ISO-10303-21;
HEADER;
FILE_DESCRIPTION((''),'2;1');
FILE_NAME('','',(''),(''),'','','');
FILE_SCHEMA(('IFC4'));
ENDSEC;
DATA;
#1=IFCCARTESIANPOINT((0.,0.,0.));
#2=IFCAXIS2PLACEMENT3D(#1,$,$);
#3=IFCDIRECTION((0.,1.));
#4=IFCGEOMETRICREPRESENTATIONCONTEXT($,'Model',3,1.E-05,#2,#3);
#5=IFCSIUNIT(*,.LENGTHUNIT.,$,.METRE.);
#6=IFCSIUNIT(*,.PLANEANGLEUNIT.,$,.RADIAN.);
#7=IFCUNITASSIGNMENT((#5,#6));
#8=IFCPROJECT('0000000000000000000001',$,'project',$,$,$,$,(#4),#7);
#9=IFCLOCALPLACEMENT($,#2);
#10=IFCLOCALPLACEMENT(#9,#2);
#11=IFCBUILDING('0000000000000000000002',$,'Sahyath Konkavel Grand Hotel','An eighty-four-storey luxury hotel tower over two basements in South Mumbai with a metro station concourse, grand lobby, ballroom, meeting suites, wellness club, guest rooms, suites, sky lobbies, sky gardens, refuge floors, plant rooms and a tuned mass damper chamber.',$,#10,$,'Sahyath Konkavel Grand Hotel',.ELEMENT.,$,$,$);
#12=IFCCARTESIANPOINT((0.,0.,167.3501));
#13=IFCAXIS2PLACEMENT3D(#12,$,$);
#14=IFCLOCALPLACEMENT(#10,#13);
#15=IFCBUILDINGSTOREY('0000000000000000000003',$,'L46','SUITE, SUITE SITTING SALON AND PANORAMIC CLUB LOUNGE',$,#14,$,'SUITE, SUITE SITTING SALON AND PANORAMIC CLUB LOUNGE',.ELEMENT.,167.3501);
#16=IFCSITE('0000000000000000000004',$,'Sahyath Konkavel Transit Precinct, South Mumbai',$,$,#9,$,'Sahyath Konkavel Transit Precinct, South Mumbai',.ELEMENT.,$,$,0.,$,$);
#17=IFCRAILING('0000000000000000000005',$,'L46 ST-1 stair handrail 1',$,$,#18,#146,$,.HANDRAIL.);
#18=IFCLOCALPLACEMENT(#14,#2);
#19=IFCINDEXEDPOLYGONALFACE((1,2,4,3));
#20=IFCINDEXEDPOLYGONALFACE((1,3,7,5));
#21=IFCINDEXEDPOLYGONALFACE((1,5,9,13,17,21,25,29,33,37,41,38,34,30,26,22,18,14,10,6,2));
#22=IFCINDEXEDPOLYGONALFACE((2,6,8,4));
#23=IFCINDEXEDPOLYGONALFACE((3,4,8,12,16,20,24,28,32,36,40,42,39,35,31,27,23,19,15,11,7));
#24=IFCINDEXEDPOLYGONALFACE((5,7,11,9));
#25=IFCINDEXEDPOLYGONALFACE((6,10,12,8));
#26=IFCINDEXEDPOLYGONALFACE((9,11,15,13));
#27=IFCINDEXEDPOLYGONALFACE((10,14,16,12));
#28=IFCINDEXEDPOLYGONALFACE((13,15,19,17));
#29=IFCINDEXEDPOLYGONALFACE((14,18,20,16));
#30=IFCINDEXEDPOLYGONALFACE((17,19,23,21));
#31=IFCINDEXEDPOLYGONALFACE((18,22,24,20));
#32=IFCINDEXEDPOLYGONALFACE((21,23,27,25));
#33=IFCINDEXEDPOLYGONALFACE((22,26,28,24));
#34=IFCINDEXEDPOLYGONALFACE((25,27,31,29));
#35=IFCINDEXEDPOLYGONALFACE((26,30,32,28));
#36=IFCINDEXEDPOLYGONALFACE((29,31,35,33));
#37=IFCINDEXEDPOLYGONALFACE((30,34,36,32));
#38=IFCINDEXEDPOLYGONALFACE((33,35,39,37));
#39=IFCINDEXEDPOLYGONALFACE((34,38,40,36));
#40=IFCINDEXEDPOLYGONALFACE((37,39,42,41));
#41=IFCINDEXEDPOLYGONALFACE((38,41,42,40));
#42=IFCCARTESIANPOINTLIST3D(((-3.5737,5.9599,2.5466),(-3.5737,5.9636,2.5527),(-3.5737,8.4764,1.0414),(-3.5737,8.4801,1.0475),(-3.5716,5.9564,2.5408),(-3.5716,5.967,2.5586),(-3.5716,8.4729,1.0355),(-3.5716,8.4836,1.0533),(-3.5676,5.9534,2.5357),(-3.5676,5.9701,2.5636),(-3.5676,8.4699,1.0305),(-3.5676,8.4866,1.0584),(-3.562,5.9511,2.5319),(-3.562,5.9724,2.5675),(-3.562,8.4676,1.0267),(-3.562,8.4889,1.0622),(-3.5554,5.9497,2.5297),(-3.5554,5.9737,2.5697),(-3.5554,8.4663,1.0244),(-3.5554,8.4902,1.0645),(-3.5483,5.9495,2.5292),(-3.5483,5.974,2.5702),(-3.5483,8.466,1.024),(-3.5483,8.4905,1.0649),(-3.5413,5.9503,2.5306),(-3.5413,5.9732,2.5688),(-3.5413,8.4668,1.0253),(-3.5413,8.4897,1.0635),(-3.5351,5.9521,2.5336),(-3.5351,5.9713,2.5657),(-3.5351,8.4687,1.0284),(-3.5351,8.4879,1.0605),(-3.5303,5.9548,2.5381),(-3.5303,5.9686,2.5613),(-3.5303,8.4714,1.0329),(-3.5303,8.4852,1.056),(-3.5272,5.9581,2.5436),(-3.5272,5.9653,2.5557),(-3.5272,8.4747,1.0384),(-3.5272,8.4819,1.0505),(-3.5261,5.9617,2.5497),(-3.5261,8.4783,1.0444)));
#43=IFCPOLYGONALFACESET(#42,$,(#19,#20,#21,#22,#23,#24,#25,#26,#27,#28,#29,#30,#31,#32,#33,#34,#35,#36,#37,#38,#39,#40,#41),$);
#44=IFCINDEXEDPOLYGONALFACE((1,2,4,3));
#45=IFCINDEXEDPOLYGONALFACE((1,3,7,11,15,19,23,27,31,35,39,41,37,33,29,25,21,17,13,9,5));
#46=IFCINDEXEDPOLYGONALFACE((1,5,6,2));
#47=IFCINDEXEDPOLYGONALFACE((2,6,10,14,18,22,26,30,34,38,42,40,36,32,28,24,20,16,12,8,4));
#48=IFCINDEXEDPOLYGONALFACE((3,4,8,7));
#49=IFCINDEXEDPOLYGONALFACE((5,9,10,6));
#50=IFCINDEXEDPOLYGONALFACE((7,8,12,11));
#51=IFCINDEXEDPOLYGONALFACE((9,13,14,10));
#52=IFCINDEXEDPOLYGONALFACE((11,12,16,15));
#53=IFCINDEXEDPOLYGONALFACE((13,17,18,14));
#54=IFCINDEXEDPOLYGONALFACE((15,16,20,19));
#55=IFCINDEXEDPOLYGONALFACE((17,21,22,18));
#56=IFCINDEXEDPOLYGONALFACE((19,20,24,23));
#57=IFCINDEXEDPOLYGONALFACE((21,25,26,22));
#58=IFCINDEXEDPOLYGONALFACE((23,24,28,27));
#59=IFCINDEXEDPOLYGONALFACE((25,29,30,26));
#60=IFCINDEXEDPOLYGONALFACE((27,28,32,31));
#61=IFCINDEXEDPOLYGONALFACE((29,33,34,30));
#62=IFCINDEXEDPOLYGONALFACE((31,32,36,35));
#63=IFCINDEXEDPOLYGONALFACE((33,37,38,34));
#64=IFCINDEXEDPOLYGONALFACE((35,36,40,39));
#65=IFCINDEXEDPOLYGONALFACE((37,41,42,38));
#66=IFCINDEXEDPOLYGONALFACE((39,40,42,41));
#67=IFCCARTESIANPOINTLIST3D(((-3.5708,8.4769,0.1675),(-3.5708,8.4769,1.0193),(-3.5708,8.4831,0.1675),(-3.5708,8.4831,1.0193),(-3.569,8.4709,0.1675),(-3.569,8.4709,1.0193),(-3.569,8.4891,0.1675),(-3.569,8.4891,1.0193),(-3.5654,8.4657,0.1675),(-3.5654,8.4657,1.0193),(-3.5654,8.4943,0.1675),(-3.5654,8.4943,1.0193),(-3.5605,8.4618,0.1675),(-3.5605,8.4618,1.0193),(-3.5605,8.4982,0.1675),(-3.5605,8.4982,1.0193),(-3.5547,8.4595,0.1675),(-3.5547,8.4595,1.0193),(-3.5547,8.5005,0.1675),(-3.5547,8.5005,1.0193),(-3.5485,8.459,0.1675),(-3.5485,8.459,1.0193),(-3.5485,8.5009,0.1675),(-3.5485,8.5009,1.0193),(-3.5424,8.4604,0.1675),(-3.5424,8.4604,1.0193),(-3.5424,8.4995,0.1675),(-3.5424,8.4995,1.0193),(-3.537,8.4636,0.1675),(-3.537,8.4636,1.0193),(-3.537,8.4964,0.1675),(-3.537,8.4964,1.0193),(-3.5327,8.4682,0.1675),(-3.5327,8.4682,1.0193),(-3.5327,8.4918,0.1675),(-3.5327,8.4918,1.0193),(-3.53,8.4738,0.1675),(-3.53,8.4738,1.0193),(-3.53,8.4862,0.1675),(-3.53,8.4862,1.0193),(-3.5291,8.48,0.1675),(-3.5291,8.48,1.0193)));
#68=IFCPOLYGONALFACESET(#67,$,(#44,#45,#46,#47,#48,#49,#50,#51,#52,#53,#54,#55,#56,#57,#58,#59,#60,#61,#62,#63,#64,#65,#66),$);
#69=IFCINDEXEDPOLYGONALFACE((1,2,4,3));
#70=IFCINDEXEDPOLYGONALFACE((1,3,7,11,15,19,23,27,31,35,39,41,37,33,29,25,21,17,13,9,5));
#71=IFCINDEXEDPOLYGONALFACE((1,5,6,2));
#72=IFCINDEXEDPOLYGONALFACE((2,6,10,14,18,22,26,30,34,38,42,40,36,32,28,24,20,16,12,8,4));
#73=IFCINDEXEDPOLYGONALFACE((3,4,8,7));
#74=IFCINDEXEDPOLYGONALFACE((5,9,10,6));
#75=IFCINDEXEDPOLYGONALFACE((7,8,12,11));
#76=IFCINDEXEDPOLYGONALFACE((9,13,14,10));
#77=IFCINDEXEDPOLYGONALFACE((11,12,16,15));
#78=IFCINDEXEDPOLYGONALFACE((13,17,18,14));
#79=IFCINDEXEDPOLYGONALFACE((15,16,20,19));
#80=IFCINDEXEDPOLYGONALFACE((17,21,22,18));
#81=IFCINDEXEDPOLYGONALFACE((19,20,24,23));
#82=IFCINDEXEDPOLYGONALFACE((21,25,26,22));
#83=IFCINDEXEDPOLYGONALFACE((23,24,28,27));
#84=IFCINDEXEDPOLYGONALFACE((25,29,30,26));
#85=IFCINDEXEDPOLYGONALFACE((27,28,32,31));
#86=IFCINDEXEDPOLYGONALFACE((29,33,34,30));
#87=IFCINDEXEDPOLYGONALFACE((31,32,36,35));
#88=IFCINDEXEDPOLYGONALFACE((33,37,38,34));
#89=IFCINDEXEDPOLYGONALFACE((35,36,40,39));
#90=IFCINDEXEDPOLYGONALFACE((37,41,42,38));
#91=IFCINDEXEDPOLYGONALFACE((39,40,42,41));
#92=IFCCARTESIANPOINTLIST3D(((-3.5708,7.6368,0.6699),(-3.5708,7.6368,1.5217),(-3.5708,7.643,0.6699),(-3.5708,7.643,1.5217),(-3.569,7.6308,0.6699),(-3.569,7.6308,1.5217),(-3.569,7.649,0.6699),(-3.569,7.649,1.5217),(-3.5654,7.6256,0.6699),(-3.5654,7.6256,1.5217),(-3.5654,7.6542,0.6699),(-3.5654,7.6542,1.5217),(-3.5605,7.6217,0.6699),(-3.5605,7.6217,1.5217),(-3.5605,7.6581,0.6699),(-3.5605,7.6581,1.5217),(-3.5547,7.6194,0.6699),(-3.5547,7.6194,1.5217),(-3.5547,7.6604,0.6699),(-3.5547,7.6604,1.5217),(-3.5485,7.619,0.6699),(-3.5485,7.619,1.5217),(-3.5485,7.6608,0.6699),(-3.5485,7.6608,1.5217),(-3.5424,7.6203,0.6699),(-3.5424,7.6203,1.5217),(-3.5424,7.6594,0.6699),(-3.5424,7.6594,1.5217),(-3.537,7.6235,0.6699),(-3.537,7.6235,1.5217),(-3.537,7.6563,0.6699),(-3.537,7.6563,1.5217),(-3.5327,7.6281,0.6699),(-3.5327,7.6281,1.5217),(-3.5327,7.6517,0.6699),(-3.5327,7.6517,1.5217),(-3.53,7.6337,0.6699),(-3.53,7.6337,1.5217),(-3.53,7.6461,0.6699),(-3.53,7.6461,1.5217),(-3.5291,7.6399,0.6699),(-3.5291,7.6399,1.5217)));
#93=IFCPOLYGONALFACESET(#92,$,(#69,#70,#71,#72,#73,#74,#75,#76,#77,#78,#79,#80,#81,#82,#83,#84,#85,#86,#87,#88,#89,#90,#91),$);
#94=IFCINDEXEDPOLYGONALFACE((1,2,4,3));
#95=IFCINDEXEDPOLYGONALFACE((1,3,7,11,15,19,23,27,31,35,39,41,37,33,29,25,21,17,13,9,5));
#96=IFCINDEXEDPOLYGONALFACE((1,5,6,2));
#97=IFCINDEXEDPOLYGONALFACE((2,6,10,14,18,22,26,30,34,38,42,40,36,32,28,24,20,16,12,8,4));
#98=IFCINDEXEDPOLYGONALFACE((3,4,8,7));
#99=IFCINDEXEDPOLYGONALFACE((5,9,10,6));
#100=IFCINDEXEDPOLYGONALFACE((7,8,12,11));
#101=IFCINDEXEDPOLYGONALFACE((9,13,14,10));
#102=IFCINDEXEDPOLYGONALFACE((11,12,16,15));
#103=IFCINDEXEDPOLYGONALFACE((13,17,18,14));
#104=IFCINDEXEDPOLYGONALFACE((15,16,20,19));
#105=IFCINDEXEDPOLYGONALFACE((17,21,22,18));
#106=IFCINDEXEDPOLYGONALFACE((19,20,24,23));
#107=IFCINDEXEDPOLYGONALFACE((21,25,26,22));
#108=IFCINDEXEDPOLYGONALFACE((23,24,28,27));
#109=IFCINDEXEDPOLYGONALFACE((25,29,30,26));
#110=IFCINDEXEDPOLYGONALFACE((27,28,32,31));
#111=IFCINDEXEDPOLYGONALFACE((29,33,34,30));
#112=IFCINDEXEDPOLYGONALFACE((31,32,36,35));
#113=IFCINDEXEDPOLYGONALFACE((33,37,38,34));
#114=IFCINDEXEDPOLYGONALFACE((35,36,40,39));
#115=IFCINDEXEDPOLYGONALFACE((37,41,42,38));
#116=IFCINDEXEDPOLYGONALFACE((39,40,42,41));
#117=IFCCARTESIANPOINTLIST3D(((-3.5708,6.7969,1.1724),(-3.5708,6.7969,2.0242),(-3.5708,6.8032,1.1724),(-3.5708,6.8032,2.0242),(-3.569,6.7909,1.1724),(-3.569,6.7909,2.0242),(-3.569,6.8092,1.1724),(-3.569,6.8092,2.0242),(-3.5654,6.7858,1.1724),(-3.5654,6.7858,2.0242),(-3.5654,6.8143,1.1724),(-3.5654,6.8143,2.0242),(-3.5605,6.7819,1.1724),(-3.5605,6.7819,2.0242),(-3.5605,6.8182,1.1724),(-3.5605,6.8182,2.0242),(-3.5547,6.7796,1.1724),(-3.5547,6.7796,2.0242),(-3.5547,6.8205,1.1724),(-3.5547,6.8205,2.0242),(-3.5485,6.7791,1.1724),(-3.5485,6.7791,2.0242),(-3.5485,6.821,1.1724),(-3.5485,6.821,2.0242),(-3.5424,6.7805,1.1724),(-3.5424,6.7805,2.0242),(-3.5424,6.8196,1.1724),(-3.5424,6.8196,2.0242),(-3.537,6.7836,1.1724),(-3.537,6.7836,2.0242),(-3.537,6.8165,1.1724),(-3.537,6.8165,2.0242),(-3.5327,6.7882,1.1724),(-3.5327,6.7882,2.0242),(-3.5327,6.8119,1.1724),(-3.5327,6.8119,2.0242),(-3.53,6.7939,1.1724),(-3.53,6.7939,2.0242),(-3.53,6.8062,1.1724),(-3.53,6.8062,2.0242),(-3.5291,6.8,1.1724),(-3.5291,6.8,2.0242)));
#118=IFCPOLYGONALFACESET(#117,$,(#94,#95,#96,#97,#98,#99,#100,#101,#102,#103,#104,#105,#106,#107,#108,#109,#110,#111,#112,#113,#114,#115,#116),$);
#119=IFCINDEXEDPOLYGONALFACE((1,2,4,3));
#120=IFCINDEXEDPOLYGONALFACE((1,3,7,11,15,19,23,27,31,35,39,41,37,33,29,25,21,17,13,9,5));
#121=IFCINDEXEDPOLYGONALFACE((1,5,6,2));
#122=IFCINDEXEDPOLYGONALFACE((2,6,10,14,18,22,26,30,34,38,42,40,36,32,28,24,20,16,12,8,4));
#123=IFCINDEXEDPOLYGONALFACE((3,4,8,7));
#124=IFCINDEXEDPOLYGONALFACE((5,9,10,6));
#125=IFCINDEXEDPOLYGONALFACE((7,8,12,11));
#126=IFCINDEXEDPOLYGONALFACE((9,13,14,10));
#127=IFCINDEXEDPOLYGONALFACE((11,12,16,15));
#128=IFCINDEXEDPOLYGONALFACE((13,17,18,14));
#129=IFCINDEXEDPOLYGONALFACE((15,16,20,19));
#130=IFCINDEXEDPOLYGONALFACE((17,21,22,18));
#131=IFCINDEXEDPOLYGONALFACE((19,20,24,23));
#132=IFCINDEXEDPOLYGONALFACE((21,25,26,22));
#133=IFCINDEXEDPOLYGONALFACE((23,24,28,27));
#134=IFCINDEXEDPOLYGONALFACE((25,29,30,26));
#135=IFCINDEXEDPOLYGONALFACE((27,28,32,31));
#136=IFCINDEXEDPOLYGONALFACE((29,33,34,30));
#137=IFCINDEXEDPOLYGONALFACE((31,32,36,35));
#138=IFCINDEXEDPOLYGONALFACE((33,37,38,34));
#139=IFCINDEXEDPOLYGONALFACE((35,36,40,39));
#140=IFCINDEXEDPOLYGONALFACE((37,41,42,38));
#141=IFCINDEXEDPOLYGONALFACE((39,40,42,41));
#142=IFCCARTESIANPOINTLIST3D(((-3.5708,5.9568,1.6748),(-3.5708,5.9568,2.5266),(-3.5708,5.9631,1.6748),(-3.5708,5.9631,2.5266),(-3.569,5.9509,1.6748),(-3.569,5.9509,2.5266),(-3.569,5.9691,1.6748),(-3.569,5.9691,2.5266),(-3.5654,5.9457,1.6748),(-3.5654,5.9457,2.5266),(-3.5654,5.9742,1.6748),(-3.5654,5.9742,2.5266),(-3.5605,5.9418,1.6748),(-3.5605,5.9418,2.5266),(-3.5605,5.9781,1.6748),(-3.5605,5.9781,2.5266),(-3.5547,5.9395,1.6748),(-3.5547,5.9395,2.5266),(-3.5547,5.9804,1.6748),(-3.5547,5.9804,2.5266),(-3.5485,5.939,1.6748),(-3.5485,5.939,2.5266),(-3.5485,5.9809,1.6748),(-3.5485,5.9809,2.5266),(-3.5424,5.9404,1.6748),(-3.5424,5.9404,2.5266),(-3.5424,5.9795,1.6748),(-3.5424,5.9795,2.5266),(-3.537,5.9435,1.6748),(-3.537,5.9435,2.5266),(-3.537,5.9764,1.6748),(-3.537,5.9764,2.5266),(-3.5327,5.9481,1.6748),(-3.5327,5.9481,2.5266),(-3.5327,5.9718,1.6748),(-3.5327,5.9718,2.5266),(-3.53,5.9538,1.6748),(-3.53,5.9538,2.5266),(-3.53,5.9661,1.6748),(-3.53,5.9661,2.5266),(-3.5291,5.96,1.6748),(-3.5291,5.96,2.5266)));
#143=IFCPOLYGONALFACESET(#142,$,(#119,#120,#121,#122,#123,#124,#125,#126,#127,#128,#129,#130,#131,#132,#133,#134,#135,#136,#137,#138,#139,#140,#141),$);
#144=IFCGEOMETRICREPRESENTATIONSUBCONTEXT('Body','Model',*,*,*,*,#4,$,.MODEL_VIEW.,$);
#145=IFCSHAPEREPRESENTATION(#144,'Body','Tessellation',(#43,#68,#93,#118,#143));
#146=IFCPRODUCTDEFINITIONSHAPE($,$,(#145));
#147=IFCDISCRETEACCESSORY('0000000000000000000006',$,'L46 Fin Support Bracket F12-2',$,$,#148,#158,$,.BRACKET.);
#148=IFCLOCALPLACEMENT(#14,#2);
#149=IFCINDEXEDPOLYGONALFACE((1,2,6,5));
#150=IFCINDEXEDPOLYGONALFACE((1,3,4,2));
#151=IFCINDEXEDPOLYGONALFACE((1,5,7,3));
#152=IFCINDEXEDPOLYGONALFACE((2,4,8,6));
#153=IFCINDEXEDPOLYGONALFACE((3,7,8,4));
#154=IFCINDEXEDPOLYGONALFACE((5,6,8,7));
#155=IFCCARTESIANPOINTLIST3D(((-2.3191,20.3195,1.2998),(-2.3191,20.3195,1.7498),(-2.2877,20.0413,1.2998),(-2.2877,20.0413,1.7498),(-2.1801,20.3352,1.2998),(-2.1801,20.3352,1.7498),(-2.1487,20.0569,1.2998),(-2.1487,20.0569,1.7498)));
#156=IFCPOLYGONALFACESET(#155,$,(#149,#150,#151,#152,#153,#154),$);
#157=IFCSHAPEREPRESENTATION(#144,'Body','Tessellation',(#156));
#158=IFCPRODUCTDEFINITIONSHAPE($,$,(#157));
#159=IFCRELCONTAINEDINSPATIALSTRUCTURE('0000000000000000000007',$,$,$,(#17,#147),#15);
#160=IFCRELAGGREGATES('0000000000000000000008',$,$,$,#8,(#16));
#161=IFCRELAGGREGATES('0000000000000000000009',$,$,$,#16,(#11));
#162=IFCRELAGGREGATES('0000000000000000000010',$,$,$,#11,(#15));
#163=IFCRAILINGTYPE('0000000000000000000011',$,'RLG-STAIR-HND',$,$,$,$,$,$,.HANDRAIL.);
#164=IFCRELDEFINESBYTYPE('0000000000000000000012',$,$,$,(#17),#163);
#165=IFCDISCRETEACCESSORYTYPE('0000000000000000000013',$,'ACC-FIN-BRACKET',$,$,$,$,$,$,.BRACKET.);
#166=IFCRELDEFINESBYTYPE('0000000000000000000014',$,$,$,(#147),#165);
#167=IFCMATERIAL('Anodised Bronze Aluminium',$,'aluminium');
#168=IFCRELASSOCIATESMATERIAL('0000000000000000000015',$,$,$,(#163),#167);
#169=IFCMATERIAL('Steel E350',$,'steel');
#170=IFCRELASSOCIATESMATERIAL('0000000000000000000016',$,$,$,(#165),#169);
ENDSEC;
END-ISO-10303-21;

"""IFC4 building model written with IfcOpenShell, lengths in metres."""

from ifc_helpers import new_model, si_unit, direction, frame, origin, origin_2d, place, context, subcontext, project, spatial, rectangle, circle, extrude, source, transform, mapped, material, type_object, element, save


model = new_model("IFC4")

# Units and contexts
model_context = context("Model", 3, precision=1e-05, world=origin(), true_north=direction((0.0, 1.0)))
body_context = subcontext(model_context, "Body", "Model", "MODEL_VIEW")
ifc_project = project(units=[si_unit("LENGTHUNIT", "METRE"), si_unit("PLANEANGLEUNIT", "RADIAN")], contexts=[model_context])

# Site, building, storey
site_placement = place(None, origin())
site = spatial("IfcSite", under=ifc_project, at=site_placement, Name="Sahyath Konkavel Transit Precinct, South Mumbai", LongName="Sahyath Konkavel Transit Precinct, South Mumbai", CompositionType="ELEMENT", RefElevation=0.0)
building_placement = place(site_placement, origin())
building = spatial("IfcBuilding", under=site, at=building_placement, Name="Sahyath Konkavel Grand Hotel", Description="An eighty-four-storey luxury hotel tower over two basements in South Mumbai with a metro station concourse, grand lobby, ballroom, meeting suites, wellness club, guest rooms, suites, sky lobbies, sky gardens, refuge floors, plant rooms and a tuned mass damper chamber.", LongName="Sahyath Konkavel Grand Hotel", CompositionType="ELEMENT")
storey_placement = place(building_placement, frame((0.0, 0.0, 167.3501)))
storey = spatial("IfcBuildingStorey", under=building, at=storey_placement, Name="L46", Description="SUITE, SUITE SITTING SALON AND PANORAMIC CLUB LOUNGE", LongName="SUITE, SUITE SITTING SALON AND PANORAMIC CLUB LOUNGE", CompositionType="ELEMENT", Elevation=167.3501)

# Shared definitions
ifc_material_1 = material(Name="Steel E350", Category="steel")

# Shared definitions
ifc_material_2 = material(Name="Anodised Bronze Aluminium", Category="aluminium")

# Railing
railing_type_1 = type_object("IfcRailingType", Name="RLG-STAIR-HND", PredefinedType="HANDRAIL", material=ifc_material_2)
railing_1_placement = place(storey_placement, frame((-3.55, 8.48, 0.1675)))
element("IfcRailing", 1, at=railing_1_placement, inside=storey, type_object=railing_type_1, Name="L46 ST-1 stair handrail 1", PredefinedType="HANDRAIL", context=body_context, shape_type="SweptSolid", body=[
    extrude(circle(Radius=0.0239, at=origin_2d()), frame((0.0, -0.0017, 0.877), z_axis=(0.0, -0.858196, 0.513321), x_axis=(1.0, 0.0, 0.0)), (0.0, 0.0, 1.0), 2.9324),
    extrude(circle(Radius=0.021, at=origin_2d()), origin(), (0.0, 0.0, 1.0), 0.8518),
    extrude(circle(Radius=0.021, at=origin_2d()), frame((0.0, -0.8401, 0.5024)), (0.0, 0.0, 1.0), 0.8518),
    extrude(circle(Radius=0.021, at=origin_2d()), frame((0.0, -1.6799, 1.0049)), (0.0, 0.0, 1.0), 0.8518),
    extrude(circle(Radius=0.021, at=origin_2d()), frame((0.0, -2.52, 1.5073)), (0.0, 0.0, 1.0), 0.8518),
])

# Discrete accessory
discrete_accessory_type = type_object("IfcDiscreteAccessoryType", Name="ACC-FIN-BRACKET", PredefinedType="BRACKET", material=ifc_material_1)
shared_shape_1 = source(origin(), body_context, "Body", "SweptSolid", [
    extrude(rectangle(XDim=0.28, YDim=0.1399, at=origin_2d()), origin(), (0.0, 0.0, 1.0), 0.45),
])
discrete_accessory_placement = place(storey_placement, frame((-2.2339, 20.1882, 1.2998), z_axis=(0.0, 0.0, 1.0), x_axis=(-0.112007, 0.993707, 0.0)))
element("IfcDiscreteAccessory", 2, at=discrete_accessory_placement, inside=storey, type_object=discrete_accessory_type, Name="L46 Fin Support Bracket F12-2", PredefinedType="BRACKET", context=body_context, shape_type="MappedRepresentation", body=[
    mapped(shared_shape_1, transform((0.0, 0.0, 0.0), scale=1.0)),
])

save(model, "model.ifc")
